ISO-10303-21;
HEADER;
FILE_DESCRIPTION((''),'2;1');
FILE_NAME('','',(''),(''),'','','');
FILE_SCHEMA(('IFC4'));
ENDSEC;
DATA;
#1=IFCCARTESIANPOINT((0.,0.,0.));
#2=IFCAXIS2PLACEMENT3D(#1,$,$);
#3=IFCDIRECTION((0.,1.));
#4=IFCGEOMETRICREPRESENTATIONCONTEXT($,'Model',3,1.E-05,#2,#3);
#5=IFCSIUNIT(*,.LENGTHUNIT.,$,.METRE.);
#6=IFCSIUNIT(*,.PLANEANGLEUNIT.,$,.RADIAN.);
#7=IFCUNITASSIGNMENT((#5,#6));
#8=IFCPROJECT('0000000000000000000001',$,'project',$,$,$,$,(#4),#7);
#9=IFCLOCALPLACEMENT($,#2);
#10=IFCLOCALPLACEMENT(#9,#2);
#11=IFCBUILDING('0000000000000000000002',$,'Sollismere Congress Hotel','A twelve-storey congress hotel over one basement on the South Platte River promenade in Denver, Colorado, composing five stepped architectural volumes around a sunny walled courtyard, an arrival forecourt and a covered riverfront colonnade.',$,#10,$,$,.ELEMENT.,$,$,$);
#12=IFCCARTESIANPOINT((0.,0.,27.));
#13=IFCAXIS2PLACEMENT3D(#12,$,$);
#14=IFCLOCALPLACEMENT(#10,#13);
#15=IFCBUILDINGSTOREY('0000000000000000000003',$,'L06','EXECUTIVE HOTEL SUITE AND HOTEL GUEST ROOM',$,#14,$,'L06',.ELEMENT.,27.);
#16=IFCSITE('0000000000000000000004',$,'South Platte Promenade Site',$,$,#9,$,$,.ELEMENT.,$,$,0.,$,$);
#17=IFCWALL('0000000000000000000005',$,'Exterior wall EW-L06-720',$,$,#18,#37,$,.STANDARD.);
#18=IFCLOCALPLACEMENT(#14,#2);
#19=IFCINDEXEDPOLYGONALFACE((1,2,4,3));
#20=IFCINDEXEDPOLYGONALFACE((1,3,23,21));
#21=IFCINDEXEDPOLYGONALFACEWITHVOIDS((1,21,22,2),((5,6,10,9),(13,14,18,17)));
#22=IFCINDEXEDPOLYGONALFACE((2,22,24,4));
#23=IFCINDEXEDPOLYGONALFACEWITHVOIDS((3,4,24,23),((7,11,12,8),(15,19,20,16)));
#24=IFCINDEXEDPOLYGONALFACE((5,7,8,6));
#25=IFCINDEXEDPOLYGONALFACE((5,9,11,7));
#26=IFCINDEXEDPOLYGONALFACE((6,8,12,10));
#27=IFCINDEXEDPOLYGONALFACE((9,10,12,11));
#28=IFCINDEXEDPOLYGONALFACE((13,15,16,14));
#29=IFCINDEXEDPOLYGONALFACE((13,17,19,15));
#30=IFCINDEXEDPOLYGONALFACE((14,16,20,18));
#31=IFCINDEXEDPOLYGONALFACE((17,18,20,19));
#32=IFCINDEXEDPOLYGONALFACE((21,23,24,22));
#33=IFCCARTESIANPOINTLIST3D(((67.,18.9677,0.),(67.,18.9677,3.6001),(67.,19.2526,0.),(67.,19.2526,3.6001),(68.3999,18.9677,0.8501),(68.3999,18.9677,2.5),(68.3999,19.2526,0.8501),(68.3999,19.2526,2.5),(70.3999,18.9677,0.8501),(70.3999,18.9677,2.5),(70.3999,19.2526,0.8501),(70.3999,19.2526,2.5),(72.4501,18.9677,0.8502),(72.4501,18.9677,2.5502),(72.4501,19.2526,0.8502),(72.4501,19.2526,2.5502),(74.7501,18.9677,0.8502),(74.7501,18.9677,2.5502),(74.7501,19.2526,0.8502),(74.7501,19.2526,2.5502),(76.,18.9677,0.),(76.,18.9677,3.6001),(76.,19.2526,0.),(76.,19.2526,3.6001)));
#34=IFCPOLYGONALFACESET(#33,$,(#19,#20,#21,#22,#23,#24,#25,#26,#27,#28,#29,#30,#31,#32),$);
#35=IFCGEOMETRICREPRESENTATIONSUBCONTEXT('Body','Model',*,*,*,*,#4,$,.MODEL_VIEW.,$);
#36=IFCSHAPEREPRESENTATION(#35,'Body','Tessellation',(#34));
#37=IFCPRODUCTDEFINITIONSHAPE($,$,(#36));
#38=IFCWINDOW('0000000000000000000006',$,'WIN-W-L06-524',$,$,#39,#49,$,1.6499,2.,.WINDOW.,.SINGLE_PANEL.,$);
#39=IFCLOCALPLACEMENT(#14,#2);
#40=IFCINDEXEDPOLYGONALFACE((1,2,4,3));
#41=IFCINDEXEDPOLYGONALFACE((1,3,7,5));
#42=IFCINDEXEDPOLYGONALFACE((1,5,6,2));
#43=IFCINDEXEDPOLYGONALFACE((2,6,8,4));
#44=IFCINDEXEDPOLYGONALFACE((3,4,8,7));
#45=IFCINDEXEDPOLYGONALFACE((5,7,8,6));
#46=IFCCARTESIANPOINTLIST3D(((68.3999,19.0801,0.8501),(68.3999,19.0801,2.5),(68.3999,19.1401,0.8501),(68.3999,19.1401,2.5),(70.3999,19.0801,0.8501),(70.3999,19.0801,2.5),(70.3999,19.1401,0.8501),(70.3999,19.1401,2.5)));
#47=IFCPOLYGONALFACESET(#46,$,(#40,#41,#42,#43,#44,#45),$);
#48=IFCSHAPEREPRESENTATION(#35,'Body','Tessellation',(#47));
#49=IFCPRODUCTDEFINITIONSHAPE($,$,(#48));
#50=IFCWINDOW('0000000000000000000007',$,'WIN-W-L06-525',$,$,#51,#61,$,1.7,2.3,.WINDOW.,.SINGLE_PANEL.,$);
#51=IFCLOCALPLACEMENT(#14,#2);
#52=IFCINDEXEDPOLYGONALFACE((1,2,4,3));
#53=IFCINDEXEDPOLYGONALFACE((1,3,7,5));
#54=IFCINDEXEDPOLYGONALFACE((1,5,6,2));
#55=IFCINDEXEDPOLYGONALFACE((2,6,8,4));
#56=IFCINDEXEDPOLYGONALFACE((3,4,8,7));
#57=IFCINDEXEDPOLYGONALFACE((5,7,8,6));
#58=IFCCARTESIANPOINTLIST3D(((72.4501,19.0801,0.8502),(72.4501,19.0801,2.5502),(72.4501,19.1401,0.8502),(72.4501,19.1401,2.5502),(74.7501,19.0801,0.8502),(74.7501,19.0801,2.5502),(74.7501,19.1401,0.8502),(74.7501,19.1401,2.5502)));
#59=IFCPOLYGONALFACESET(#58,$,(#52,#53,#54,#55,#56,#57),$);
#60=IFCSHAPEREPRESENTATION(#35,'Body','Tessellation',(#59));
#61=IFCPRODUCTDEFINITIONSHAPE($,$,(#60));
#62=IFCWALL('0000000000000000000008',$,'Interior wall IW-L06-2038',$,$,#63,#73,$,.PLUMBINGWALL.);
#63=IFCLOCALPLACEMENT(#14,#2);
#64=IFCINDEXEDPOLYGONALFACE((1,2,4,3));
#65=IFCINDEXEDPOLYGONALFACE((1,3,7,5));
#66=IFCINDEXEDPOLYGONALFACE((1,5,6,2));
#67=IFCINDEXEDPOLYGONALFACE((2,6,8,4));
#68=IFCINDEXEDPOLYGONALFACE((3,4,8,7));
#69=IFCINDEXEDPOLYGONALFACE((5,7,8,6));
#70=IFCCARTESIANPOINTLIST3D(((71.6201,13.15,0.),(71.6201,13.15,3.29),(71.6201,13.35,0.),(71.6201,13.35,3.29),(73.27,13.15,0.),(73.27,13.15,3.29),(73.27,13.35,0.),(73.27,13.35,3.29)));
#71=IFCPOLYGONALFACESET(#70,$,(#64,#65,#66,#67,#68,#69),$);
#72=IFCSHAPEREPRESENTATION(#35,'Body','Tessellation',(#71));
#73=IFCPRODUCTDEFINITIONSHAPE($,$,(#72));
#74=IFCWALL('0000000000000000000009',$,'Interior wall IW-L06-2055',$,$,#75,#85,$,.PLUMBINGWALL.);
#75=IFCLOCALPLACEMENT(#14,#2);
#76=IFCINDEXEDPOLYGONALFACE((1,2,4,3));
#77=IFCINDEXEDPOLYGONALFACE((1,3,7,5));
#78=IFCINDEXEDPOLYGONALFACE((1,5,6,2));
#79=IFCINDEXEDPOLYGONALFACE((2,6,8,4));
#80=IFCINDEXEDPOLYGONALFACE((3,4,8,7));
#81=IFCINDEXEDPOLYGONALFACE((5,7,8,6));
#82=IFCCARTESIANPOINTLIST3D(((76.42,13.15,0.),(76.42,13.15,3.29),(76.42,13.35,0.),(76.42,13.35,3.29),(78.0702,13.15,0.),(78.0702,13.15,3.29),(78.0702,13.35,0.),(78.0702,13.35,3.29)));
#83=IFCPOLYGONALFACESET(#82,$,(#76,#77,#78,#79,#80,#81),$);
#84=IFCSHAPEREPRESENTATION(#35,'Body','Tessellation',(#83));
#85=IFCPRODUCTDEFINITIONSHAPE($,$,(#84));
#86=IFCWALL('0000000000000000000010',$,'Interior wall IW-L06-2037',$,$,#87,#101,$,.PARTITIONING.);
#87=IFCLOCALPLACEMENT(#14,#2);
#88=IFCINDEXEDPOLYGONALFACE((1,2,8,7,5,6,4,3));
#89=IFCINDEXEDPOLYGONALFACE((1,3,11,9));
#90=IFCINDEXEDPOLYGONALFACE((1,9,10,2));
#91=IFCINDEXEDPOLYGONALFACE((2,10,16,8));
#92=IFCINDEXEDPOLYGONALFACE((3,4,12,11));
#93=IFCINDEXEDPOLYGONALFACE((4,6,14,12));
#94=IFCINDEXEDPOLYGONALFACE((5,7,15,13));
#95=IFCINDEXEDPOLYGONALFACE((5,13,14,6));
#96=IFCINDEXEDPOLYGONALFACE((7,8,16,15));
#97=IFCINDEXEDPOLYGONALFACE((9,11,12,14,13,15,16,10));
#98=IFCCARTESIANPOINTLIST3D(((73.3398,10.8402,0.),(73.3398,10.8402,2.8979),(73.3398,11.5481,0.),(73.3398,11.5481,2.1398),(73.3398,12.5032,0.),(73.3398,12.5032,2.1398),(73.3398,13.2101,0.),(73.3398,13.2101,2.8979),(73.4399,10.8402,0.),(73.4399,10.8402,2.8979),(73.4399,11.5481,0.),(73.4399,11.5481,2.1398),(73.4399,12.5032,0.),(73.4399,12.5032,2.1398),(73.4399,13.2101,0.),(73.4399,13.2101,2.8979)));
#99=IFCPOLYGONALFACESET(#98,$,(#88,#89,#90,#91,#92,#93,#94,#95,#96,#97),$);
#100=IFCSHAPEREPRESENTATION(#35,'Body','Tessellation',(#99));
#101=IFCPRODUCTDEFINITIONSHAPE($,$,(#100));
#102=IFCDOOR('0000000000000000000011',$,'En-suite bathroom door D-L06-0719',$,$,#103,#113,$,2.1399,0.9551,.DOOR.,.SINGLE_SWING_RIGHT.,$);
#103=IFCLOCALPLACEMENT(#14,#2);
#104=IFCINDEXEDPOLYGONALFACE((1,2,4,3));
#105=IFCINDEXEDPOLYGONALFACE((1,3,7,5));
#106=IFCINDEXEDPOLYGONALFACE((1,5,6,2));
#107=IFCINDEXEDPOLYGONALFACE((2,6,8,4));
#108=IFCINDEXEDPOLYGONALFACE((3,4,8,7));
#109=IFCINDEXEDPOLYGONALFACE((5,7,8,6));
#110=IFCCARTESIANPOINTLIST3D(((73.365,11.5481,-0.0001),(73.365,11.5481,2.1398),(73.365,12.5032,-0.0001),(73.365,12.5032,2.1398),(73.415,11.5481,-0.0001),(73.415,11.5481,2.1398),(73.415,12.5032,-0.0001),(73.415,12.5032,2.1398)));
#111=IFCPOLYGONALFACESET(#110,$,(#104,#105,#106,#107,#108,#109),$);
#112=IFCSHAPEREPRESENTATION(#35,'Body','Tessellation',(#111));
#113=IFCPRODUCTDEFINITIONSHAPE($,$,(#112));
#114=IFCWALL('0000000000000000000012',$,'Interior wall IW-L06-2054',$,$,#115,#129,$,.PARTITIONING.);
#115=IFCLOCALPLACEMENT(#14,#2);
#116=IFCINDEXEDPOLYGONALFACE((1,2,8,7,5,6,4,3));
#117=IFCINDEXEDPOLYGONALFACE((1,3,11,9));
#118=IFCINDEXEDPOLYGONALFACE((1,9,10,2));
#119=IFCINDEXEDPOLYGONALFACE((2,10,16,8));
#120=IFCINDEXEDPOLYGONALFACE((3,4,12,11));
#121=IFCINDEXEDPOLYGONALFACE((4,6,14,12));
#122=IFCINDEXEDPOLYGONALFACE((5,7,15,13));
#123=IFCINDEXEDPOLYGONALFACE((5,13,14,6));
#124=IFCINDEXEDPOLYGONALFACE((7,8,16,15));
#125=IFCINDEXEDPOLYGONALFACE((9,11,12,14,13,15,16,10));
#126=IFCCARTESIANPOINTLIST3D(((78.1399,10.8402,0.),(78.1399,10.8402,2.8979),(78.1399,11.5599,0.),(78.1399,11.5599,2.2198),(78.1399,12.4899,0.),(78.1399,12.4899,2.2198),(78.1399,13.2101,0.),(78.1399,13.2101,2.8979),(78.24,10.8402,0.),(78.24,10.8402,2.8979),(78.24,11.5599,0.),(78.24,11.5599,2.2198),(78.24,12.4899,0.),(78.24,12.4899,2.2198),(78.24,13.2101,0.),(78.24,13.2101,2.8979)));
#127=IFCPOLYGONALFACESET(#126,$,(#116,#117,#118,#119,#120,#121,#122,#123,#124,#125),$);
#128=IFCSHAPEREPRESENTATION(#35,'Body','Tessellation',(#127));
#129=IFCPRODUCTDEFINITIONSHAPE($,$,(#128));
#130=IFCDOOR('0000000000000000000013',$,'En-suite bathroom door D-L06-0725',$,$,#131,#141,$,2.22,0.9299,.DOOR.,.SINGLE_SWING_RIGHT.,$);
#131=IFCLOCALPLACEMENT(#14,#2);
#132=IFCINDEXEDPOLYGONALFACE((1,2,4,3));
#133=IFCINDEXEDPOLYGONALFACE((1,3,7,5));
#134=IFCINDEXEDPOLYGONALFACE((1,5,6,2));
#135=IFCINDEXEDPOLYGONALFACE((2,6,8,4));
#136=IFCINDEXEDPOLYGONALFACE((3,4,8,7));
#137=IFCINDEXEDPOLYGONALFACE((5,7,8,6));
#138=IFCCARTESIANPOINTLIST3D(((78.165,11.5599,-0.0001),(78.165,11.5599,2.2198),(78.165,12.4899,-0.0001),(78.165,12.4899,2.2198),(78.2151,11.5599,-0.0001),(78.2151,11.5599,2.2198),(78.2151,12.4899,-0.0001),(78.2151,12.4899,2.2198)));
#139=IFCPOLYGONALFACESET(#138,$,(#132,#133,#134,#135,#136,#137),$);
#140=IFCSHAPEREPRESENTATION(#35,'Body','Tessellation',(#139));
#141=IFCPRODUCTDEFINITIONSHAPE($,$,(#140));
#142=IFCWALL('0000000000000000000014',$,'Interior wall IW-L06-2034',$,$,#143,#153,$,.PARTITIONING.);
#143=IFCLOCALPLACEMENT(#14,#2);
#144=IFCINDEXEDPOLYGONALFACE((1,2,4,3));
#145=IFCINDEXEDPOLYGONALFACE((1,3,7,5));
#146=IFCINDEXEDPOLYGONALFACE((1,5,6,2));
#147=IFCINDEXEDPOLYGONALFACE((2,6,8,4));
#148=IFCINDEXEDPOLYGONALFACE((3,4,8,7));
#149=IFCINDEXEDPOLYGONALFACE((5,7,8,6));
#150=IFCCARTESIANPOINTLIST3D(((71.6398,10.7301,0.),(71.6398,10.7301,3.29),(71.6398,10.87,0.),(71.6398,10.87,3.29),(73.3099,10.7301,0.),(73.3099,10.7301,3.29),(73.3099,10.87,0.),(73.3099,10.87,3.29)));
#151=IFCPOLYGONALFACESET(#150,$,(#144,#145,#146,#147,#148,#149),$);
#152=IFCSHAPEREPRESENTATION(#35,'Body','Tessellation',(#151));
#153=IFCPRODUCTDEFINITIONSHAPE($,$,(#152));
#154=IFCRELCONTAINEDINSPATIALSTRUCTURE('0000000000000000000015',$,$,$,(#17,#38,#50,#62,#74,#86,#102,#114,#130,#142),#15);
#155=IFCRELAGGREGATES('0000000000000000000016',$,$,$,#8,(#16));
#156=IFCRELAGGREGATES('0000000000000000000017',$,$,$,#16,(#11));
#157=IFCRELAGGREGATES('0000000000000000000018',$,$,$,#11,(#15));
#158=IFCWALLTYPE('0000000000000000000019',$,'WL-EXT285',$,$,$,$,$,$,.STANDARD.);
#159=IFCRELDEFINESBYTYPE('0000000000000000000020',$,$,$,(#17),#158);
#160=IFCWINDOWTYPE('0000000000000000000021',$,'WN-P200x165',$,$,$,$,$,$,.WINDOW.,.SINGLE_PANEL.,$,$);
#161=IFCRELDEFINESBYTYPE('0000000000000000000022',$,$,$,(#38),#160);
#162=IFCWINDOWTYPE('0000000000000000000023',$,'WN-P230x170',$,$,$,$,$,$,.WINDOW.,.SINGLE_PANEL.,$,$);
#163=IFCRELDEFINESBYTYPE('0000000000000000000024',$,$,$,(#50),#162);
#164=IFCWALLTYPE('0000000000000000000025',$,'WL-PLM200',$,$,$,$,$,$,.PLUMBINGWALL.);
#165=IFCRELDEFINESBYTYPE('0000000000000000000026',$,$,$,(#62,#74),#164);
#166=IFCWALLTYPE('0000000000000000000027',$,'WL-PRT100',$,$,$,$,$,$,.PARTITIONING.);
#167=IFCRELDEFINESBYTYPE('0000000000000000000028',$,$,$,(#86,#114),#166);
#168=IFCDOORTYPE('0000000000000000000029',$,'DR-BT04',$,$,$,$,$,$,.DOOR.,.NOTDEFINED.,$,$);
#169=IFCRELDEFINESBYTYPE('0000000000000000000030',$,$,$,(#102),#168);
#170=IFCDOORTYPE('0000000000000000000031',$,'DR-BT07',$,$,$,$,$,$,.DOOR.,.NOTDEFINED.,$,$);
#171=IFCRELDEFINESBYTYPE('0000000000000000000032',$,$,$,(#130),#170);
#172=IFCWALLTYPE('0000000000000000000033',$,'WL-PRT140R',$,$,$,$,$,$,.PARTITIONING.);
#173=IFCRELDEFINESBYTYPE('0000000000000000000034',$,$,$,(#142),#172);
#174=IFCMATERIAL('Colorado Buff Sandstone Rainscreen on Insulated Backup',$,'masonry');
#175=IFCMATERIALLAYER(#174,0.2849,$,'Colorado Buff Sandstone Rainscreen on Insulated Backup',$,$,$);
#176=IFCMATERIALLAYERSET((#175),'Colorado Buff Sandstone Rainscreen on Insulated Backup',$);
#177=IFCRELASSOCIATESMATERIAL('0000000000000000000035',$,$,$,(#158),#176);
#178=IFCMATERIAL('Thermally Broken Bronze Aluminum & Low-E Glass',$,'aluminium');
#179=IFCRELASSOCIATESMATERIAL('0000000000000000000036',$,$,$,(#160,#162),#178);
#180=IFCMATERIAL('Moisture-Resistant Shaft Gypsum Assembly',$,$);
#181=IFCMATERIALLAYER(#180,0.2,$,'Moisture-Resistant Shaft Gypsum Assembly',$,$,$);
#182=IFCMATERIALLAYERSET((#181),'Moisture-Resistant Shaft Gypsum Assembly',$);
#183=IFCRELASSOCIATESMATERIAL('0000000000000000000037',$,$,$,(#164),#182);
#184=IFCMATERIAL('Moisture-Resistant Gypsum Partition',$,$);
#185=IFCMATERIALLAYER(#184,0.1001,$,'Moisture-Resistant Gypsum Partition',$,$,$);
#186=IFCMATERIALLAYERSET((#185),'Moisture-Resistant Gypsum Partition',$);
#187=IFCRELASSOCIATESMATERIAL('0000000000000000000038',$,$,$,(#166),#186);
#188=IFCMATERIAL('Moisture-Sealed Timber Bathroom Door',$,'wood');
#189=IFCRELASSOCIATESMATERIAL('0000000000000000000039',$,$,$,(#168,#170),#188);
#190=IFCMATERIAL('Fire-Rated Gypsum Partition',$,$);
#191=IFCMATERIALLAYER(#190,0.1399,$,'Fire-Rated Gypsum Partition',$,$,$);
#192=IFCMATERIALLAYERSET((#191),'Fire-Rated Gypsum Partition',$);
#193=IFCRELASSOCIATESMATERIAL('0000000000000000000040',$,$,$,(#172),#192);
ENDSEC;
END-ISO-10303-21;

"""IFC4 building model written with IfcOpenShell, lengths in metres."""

from ifc_helpers import new_model, si_unit, direction, frame, frame_2d, origin, place, context, subcontext, project, spatial, rectangle, extrude, material, layer, layer_set, type_object, element, fill, save


model = new_model("IFC4")

# Units and contexts
model_context = context("Model", 3, precision=1e-05, world=origin(), true_north=direction((0.0, 1.0)))
body_context = subcontext(model_context, "Body", "Model", "MODEL_VIEW")
ifc_project = project(units=[si_unit("LENGTHUNIT", "METRE"), si_unit("PLANEANGLEUNIT", "RADIAN")], contexts=[model_context])

# Site, building, storey
site_placement = place(None, origin())
site = spatial("IfcSite", under=ifc_project, at=site_placement, Name="South Platte Promenade Site", CompositionType="ELEMENT", RefElevation=0.0)
building_placement = place(site_placement, origin())
building = spatial("IfcBuilding", under=site, at=building_placement, Name="Sollismere Congress Hotel", Description="A twelve-storey congress hotel over one basement on the South Platte River promenade in Denver, Colorado, composing five stepped architectural volumes around a sunny walled courtyard, an arrival forecourt and a covered riverfront colonnade.", CompositionType="ELEMENT")
storey_placement = place(building_placement, frame((0.0, 0.0, 27.0)))
storey = spatial("IfcBuildingStorey", under=building, at=storey_placement, Name="L06", Description="EXECUTIVE HOTEL SUITE AND HOTEL GUEST ROOM", LongName="L06", CompositionType="ELEMENT", Elevation=27.0)

# Wall, openings, windows
ifc_material_1 = material(Name="Colorado Buff Sandstone Rainscreen on Insulated Backup", Category="masonry")
ifc_layer_1 = layer(ifc_material_1, 0.2849, Name="Colorado Buff Sandstone Rainscreen on Insulated Backup")
ifc_layer_set_1 = layer_set([ifc_layer_1], Name="Colorado Buff Sandstone Rainscreen on Insulated Backup")
wall_type_1 = type_object("IfcWallType", Name="WL-EXT285", PredefinedType="STANDARD", material=ifc_layer_set_1)
wall_1_placement = place(storey_placement, frame((76.0, 19.1101, 0.0), z_axis=(0.0, 0.0, 1.0), x_axis=(-1.0, 0.0, 0.0)))
wall_1 = element("IfcWall", 1, at=wall_1_placement, inside=storey, type_object=wall_type_1, Name="Exterior wall EW-L06-720", PredefinedType="STANDARD", context=body_context, shape_type="SweptSolid", body=[
    extrude(rectangle(XDim=9.0, YDim=0.2849, at=frame_2d((4.5, 0.0))), origin(), (0.0, 0.0, 1.0), 3.6001),
])
opening_1_placement = place(wall_1_placement, frame((5.6001, 0.0, 0.8501)))
opening_1 = element("IfcOpeningElement", 2, at=opening_1_placement, cuts=wall_1, PredefinedType="OPENING", context=body_context, shape_type="SweptSolid", body=[
    extrude(rectangle(XDim=2.0, YDim=1.6499, at=frame_2d((1.0, 0.825))), frame((0.0, 0.1523, 0.0), z_axis=(0.0, -1.0, 0.0), x_axis=(1.0, 0.0, 0.0)), (0.0, 0.0, 1.0), 0.3049),
])
opening_2_placement = place(wall_1_placement, frame((1.25, 0.0, 0.8501)))
opening_2 = element("IfcOpeningElement", 3, at=opening_2_placement, cuts=wall_1, PredefinedType="OPENING", context=body_context, shape_type="SweptSolid", body=[
    extrude(rectangle(XDim=2.3, YDim=1.7, at=frame_2d((1.1499, 0.8501))), frame((0.0, 0.1523, 0.0), z_axis=(0.0, -1.0, 0.0), x_axis=(1.0, 0.0, 0.0)), (0.0, 0.0, 1.0), 0.3049),
])
ifc_material_2 = material(Name="Thermally Broken Bronze Aluminum & Low-E Glass", Category="aluminium")
window_type_1 = type_object("IfcWindowType", Name="WN-P200x165", PartitioningType="SINGLE_PANEL", PredefinedType="WINDOW", material=ifc_material_2)
window_1_placement = place(opening_1_placement, origin())
window_1 = element("IfcWindow", 4, at=window_1_placement, inside=storey, type_object=window_type_1, Name="WIN-W-L06-524", OverallHeight=1.6499, OverallWidth=2.0, PartitioningType="SINGLE_PANEL", PredefinedType="WINDOW", context=body_context, shape_type="SweptSolid", body=[
    extrude(rectangle(XDim=2.0, YDim=1.6499, at=frame_2d((1.0, 0.825))), frame((0.0, 0.03, 0.0), z_axis=(0.0, -1.0, 0.0), x_axis=(1.0, 0.0, 0.0)), (0.0, 0.0, 1.0), 0.0601),
])
fill(opening_1, window_1)
window_type_2 = type_object("IfcWindowType", Name="WN-P230x170", PartitioningType="SINGLE_PANEL", PredefinedType="WINDOW", material=ifc_material_2)
window_2_placement = place(opening_2_placement, origin())
window_2 = element("IfcWindow", 5, at=window_2_placement, inside=storey, type_object=window_type_2, Name="WIN-W-L06-525", OverallHeight=1.7, OverallWidth=2.3, PartitioningType="SINGLE_PANEL", PredefinedType="WINDOW", context=body_context, shape_type="SweptSolid", body=[
    extrude(rectangle(XDim=2.3, YDim=1.7, at=frame_2d((1.1499, 0.8501))), frame((0.0, 0.03, 0.0), z_axis=(0.0, -1.0, 0.0), x_axis=(1.0, 0.0, 0.0)), (0.0, 0.0, 1.0), 0.0601),
])
fill(opening_2, window_2)

# Walls
ifc_material_3 = material(Name="Moisture-Resistant Shaft Gypsum Assembly")
ifc_layer_2 = layer(ifc_material_3, 0.2, Name="Moisture-Resistant Shaft Gypsum Assembly")
ifc_layer_set_2 = layer_set([ifc_layer_2], Name="Moisture-Resistant Shaft Gypsum Assembly")
wall_type_2 = type_object("IfcWallType", Name="WL-PLM200", PredefinedType="PLUMBINGWALL", material=ifc_layer_set_2)
wall_2_placement = place(storey_placement, frame((71.6201, 13.25, 0.0), z_axis=(0.0, 0.0, 1.0), x_axis=(1.0, 0.0, 0.0)))
element("IfcWall", 6, at=wall_2_placement, inside=storey, type_object=wall_type_2, Name="Interior wall IW-L06-2038", PredefinedType="PLUMBINGWALL", context=body_context, shape_type="SweptSolid", body=[
    extrude(rectangle(XDim=1.6499, YDim=0.2, at=frame_2d((0.825, 0.0))), origin(), (0.0, 0.0, 1.0), 3.29),
])
wall_3_placement = place(storey_placement, frame((76.4199, 13.25, 0.0), z_axis=(0.0, 0.0, 1.0), x_axis=(1.0, 0.0, 0.0)))
element("IfcWall", 7, at=wall_3_placement, inside=storey, type_object=wall_type_2, Name="Interior wall IW-L06-2055", PredefinedType="PLUMBINGWALL", context=body_context, shape_type="SweptSolid", body=[
    extrude(rectangle(XDim=1.6501, YDim=0.2, at=frame_2d((0.8252, 0.0))), origin(), (0.0, 0.0, 1.0), 3.29),
])

# Walls, openings, doors
ifc_material_4 = material(Name="Moisture-Resistant Gypsum Partition")
ifc_layer_3 = layer(ifc_material_4, 0.1001, Name="Moisture-Resistant Gypsum Partition")
ifc_layer_set_3 = layer_set([ifc_layer_3], Name="Moisture-Resistant Gypsum Partition")
wall_type_3 = type_object("IfcWallType", Name="WL-PRT100", PredefinedType="PARTITIONING", material=ifc_layer_set_3)
wall_4_placement = place(storey_placement, frame((73.3899, 10.8401, 0.0), z_axis=(0.0, 0.0, 1.0), x_axis=(0.0, 1.0, 0.0)))
wall_4 = element("IfcWall", 8, at=wall_4_placement, inside=storey, type_object=wall_type_3, Name="Interior wall IW-L06-2037", PredefinedType="PARTITIONING", context=body_context, shape_type="SweptSolid", body=[
    extrude(rectangle(XDim=2.3699, YDim=0.1001, at=frame_2d((1.1851, 0.0))), origin(), (0.0, 0.0, 1.0), 2.8979),
])
opening_3_placement = place(wall_4_placement, frame((0.708, 0.0, 0.0)))
opening_3 = element("IfcOpeningElement", 9, at=opening_3_placement, cuts=wall_4, PredefinedType="OPENING", context=body_context, shape_type="SweptSolid", body=[
    extrude(rectangle(XDim=0.9551, YDim=2.1399, at=frame_2d((0.4775, 1.0698))), frame((0.0, 0.0601, 0.0), z_axis=(0.0, -1.0, 0.0), x_axis=(1.0, 0.0, 0.0)), (0.0, 0.0, 1.0), 0.1201),
])
ifc_material_5 = material(Name="Moisture-Sealed Timber Bathroom Door", Category="wood")
door_type_1 = type_object("IfcDoorType", Name="DR-BT04", OperationType="NOTDEFINED", PredefinedType="DOOR", material=ifc_material_5)
door_1_placement = place(opening_3_placement, origin())
door_1 = element("IfcDoor", 10, at=door_1_placement, inside=storey, type_object=door_type_1, Name="En-suite bathroom door D-L06-0719", OperationType="SINGLE_SWING_RIGHT", OverallHeight=2.1399, OverallWidth=0.9551, PredefinedType="DOOR", context=body_context, shape_type="SweptSolid", body=[
    extrude(rectangle(XDim=0.9551, YDim=2.1399, at=frame_2d((0.4775, 1.0698))), frame((0.0, 0.0249, 0.0), z_axis=(0.0, -1.0, 0.0), x_axis=(1.0, 0.0, 0.0)), (0.0, 0.0, 1.0), 0.05),
])
fill(opening_3, door_1)
wall_5_placement = place(storey_placement, frame((78.1899, 10.8401, 0.0), z_axis=(0.0, 0.0, 1.0), x_axis=(0.0, 1.0, 0.0)))
wall_5 = element("IfcWall", 11, at=wall_5_placement, inside=storey, type_object=wall_type_3, Name="Interior wall IW-L06-2054", PredefinedType="PARTITIONING", context=body_context, shape_type="SweptSolid", body=[
    extrude(rectangle(XDim=2.3699, YDim=0.1001, at=frame_2d((1.1851, 0.0))), origin(), (0.0, 0.0, 1.0), 2.8979),
])
opening_4_placement = place(wall_5_placement, frame((0.72, 0.0, 0.0)))
opening_4 = element("IfcOpeningElement", 12, at=opening_4_placement, cuts=wall_5, PredefinedType="OPENING", context=body_context, shape_type="SweptSolid", body=[
    extrude(rectangle(XDim=0.9299, YDim=2.22, at=frame_2d((0.4648, 1.1099))), frame((0.0, 0.0601, 0.0), z_axis=(0.0, -1.0, 0.0), x_axis=(1.0, 0.0, 0.0)), (0.0, 0.0, 1.0), 0.1201),
])
door_type_2 = type_object("IfcDoorType", Name="DR-BT07", OperationType="NOTDEFINED", PredefinedType="DOOR", material=ifc_material_5)
door_2_placement = place(opening_4_placement, origin())
door_2 = element("IfcDoor", 13, at=door_2_placement, inside=storey, type_object=door_type_2, Name="En-suite bathroom door D-L06-0725", OperationType="SINGLE_SWING_RIGHT", OverallHeight=2.22, OverallWidth=0.9299, PredefinedType="DOOR", context=body_context, shape_type="SweptSolid", body=[
    extrude(rectangle(XDim=0.9299, YDim=2.22, at=frame_2d((0.4648, 1.1099))), frame((0.0, 0.0249, 0.0), z_axis=(0.0, -1.0, 0.0), x_axis=(1.0, 0.0, 0.0)), (0.0, 0.0, 1.0), 0.05),
])
fill(opening_4, door_2)

# Wall
ifc_material_6 = material(Name="Fire-Rated Gypsum Partition")
ifc_layer_4 = layer(ifc_material_6, 0.1399, Name="Fire-Rated Gypsum Partition")
ifc_layer_set_4 = layer_set([ifc_layer_4], Name="Fire-Rated Gypsum Partition")
wall_type_4 = type_object("IfcWallType", Name="WL-PRT140R", PredefinedType="PARTITIONING", material=ifc_layer_set_4)
wall_6_placement = place(storey_placement, frame((71.6399, 10.8, 0.0), z_axis=(0.0, 0.0, 1.0), x_axis=(1.0, 0.0, 0.0)))
element("IfcWall", 14, at=wall_6_placement, inside=storey, type_object=wall_type_4, Name="Interior wall IW-L06-2034", PredefinedType="PARTITIONING", context=body_context, shape_type="SweptSolid", body=[
    extrude(rectangle(XDim=1.6702, YDim=0.1399, at=frame_2d((0.835, 0.0))), origin(), (0.0, 0.0, 1.0), 3.29),
])

save(model, "model.ifc")
